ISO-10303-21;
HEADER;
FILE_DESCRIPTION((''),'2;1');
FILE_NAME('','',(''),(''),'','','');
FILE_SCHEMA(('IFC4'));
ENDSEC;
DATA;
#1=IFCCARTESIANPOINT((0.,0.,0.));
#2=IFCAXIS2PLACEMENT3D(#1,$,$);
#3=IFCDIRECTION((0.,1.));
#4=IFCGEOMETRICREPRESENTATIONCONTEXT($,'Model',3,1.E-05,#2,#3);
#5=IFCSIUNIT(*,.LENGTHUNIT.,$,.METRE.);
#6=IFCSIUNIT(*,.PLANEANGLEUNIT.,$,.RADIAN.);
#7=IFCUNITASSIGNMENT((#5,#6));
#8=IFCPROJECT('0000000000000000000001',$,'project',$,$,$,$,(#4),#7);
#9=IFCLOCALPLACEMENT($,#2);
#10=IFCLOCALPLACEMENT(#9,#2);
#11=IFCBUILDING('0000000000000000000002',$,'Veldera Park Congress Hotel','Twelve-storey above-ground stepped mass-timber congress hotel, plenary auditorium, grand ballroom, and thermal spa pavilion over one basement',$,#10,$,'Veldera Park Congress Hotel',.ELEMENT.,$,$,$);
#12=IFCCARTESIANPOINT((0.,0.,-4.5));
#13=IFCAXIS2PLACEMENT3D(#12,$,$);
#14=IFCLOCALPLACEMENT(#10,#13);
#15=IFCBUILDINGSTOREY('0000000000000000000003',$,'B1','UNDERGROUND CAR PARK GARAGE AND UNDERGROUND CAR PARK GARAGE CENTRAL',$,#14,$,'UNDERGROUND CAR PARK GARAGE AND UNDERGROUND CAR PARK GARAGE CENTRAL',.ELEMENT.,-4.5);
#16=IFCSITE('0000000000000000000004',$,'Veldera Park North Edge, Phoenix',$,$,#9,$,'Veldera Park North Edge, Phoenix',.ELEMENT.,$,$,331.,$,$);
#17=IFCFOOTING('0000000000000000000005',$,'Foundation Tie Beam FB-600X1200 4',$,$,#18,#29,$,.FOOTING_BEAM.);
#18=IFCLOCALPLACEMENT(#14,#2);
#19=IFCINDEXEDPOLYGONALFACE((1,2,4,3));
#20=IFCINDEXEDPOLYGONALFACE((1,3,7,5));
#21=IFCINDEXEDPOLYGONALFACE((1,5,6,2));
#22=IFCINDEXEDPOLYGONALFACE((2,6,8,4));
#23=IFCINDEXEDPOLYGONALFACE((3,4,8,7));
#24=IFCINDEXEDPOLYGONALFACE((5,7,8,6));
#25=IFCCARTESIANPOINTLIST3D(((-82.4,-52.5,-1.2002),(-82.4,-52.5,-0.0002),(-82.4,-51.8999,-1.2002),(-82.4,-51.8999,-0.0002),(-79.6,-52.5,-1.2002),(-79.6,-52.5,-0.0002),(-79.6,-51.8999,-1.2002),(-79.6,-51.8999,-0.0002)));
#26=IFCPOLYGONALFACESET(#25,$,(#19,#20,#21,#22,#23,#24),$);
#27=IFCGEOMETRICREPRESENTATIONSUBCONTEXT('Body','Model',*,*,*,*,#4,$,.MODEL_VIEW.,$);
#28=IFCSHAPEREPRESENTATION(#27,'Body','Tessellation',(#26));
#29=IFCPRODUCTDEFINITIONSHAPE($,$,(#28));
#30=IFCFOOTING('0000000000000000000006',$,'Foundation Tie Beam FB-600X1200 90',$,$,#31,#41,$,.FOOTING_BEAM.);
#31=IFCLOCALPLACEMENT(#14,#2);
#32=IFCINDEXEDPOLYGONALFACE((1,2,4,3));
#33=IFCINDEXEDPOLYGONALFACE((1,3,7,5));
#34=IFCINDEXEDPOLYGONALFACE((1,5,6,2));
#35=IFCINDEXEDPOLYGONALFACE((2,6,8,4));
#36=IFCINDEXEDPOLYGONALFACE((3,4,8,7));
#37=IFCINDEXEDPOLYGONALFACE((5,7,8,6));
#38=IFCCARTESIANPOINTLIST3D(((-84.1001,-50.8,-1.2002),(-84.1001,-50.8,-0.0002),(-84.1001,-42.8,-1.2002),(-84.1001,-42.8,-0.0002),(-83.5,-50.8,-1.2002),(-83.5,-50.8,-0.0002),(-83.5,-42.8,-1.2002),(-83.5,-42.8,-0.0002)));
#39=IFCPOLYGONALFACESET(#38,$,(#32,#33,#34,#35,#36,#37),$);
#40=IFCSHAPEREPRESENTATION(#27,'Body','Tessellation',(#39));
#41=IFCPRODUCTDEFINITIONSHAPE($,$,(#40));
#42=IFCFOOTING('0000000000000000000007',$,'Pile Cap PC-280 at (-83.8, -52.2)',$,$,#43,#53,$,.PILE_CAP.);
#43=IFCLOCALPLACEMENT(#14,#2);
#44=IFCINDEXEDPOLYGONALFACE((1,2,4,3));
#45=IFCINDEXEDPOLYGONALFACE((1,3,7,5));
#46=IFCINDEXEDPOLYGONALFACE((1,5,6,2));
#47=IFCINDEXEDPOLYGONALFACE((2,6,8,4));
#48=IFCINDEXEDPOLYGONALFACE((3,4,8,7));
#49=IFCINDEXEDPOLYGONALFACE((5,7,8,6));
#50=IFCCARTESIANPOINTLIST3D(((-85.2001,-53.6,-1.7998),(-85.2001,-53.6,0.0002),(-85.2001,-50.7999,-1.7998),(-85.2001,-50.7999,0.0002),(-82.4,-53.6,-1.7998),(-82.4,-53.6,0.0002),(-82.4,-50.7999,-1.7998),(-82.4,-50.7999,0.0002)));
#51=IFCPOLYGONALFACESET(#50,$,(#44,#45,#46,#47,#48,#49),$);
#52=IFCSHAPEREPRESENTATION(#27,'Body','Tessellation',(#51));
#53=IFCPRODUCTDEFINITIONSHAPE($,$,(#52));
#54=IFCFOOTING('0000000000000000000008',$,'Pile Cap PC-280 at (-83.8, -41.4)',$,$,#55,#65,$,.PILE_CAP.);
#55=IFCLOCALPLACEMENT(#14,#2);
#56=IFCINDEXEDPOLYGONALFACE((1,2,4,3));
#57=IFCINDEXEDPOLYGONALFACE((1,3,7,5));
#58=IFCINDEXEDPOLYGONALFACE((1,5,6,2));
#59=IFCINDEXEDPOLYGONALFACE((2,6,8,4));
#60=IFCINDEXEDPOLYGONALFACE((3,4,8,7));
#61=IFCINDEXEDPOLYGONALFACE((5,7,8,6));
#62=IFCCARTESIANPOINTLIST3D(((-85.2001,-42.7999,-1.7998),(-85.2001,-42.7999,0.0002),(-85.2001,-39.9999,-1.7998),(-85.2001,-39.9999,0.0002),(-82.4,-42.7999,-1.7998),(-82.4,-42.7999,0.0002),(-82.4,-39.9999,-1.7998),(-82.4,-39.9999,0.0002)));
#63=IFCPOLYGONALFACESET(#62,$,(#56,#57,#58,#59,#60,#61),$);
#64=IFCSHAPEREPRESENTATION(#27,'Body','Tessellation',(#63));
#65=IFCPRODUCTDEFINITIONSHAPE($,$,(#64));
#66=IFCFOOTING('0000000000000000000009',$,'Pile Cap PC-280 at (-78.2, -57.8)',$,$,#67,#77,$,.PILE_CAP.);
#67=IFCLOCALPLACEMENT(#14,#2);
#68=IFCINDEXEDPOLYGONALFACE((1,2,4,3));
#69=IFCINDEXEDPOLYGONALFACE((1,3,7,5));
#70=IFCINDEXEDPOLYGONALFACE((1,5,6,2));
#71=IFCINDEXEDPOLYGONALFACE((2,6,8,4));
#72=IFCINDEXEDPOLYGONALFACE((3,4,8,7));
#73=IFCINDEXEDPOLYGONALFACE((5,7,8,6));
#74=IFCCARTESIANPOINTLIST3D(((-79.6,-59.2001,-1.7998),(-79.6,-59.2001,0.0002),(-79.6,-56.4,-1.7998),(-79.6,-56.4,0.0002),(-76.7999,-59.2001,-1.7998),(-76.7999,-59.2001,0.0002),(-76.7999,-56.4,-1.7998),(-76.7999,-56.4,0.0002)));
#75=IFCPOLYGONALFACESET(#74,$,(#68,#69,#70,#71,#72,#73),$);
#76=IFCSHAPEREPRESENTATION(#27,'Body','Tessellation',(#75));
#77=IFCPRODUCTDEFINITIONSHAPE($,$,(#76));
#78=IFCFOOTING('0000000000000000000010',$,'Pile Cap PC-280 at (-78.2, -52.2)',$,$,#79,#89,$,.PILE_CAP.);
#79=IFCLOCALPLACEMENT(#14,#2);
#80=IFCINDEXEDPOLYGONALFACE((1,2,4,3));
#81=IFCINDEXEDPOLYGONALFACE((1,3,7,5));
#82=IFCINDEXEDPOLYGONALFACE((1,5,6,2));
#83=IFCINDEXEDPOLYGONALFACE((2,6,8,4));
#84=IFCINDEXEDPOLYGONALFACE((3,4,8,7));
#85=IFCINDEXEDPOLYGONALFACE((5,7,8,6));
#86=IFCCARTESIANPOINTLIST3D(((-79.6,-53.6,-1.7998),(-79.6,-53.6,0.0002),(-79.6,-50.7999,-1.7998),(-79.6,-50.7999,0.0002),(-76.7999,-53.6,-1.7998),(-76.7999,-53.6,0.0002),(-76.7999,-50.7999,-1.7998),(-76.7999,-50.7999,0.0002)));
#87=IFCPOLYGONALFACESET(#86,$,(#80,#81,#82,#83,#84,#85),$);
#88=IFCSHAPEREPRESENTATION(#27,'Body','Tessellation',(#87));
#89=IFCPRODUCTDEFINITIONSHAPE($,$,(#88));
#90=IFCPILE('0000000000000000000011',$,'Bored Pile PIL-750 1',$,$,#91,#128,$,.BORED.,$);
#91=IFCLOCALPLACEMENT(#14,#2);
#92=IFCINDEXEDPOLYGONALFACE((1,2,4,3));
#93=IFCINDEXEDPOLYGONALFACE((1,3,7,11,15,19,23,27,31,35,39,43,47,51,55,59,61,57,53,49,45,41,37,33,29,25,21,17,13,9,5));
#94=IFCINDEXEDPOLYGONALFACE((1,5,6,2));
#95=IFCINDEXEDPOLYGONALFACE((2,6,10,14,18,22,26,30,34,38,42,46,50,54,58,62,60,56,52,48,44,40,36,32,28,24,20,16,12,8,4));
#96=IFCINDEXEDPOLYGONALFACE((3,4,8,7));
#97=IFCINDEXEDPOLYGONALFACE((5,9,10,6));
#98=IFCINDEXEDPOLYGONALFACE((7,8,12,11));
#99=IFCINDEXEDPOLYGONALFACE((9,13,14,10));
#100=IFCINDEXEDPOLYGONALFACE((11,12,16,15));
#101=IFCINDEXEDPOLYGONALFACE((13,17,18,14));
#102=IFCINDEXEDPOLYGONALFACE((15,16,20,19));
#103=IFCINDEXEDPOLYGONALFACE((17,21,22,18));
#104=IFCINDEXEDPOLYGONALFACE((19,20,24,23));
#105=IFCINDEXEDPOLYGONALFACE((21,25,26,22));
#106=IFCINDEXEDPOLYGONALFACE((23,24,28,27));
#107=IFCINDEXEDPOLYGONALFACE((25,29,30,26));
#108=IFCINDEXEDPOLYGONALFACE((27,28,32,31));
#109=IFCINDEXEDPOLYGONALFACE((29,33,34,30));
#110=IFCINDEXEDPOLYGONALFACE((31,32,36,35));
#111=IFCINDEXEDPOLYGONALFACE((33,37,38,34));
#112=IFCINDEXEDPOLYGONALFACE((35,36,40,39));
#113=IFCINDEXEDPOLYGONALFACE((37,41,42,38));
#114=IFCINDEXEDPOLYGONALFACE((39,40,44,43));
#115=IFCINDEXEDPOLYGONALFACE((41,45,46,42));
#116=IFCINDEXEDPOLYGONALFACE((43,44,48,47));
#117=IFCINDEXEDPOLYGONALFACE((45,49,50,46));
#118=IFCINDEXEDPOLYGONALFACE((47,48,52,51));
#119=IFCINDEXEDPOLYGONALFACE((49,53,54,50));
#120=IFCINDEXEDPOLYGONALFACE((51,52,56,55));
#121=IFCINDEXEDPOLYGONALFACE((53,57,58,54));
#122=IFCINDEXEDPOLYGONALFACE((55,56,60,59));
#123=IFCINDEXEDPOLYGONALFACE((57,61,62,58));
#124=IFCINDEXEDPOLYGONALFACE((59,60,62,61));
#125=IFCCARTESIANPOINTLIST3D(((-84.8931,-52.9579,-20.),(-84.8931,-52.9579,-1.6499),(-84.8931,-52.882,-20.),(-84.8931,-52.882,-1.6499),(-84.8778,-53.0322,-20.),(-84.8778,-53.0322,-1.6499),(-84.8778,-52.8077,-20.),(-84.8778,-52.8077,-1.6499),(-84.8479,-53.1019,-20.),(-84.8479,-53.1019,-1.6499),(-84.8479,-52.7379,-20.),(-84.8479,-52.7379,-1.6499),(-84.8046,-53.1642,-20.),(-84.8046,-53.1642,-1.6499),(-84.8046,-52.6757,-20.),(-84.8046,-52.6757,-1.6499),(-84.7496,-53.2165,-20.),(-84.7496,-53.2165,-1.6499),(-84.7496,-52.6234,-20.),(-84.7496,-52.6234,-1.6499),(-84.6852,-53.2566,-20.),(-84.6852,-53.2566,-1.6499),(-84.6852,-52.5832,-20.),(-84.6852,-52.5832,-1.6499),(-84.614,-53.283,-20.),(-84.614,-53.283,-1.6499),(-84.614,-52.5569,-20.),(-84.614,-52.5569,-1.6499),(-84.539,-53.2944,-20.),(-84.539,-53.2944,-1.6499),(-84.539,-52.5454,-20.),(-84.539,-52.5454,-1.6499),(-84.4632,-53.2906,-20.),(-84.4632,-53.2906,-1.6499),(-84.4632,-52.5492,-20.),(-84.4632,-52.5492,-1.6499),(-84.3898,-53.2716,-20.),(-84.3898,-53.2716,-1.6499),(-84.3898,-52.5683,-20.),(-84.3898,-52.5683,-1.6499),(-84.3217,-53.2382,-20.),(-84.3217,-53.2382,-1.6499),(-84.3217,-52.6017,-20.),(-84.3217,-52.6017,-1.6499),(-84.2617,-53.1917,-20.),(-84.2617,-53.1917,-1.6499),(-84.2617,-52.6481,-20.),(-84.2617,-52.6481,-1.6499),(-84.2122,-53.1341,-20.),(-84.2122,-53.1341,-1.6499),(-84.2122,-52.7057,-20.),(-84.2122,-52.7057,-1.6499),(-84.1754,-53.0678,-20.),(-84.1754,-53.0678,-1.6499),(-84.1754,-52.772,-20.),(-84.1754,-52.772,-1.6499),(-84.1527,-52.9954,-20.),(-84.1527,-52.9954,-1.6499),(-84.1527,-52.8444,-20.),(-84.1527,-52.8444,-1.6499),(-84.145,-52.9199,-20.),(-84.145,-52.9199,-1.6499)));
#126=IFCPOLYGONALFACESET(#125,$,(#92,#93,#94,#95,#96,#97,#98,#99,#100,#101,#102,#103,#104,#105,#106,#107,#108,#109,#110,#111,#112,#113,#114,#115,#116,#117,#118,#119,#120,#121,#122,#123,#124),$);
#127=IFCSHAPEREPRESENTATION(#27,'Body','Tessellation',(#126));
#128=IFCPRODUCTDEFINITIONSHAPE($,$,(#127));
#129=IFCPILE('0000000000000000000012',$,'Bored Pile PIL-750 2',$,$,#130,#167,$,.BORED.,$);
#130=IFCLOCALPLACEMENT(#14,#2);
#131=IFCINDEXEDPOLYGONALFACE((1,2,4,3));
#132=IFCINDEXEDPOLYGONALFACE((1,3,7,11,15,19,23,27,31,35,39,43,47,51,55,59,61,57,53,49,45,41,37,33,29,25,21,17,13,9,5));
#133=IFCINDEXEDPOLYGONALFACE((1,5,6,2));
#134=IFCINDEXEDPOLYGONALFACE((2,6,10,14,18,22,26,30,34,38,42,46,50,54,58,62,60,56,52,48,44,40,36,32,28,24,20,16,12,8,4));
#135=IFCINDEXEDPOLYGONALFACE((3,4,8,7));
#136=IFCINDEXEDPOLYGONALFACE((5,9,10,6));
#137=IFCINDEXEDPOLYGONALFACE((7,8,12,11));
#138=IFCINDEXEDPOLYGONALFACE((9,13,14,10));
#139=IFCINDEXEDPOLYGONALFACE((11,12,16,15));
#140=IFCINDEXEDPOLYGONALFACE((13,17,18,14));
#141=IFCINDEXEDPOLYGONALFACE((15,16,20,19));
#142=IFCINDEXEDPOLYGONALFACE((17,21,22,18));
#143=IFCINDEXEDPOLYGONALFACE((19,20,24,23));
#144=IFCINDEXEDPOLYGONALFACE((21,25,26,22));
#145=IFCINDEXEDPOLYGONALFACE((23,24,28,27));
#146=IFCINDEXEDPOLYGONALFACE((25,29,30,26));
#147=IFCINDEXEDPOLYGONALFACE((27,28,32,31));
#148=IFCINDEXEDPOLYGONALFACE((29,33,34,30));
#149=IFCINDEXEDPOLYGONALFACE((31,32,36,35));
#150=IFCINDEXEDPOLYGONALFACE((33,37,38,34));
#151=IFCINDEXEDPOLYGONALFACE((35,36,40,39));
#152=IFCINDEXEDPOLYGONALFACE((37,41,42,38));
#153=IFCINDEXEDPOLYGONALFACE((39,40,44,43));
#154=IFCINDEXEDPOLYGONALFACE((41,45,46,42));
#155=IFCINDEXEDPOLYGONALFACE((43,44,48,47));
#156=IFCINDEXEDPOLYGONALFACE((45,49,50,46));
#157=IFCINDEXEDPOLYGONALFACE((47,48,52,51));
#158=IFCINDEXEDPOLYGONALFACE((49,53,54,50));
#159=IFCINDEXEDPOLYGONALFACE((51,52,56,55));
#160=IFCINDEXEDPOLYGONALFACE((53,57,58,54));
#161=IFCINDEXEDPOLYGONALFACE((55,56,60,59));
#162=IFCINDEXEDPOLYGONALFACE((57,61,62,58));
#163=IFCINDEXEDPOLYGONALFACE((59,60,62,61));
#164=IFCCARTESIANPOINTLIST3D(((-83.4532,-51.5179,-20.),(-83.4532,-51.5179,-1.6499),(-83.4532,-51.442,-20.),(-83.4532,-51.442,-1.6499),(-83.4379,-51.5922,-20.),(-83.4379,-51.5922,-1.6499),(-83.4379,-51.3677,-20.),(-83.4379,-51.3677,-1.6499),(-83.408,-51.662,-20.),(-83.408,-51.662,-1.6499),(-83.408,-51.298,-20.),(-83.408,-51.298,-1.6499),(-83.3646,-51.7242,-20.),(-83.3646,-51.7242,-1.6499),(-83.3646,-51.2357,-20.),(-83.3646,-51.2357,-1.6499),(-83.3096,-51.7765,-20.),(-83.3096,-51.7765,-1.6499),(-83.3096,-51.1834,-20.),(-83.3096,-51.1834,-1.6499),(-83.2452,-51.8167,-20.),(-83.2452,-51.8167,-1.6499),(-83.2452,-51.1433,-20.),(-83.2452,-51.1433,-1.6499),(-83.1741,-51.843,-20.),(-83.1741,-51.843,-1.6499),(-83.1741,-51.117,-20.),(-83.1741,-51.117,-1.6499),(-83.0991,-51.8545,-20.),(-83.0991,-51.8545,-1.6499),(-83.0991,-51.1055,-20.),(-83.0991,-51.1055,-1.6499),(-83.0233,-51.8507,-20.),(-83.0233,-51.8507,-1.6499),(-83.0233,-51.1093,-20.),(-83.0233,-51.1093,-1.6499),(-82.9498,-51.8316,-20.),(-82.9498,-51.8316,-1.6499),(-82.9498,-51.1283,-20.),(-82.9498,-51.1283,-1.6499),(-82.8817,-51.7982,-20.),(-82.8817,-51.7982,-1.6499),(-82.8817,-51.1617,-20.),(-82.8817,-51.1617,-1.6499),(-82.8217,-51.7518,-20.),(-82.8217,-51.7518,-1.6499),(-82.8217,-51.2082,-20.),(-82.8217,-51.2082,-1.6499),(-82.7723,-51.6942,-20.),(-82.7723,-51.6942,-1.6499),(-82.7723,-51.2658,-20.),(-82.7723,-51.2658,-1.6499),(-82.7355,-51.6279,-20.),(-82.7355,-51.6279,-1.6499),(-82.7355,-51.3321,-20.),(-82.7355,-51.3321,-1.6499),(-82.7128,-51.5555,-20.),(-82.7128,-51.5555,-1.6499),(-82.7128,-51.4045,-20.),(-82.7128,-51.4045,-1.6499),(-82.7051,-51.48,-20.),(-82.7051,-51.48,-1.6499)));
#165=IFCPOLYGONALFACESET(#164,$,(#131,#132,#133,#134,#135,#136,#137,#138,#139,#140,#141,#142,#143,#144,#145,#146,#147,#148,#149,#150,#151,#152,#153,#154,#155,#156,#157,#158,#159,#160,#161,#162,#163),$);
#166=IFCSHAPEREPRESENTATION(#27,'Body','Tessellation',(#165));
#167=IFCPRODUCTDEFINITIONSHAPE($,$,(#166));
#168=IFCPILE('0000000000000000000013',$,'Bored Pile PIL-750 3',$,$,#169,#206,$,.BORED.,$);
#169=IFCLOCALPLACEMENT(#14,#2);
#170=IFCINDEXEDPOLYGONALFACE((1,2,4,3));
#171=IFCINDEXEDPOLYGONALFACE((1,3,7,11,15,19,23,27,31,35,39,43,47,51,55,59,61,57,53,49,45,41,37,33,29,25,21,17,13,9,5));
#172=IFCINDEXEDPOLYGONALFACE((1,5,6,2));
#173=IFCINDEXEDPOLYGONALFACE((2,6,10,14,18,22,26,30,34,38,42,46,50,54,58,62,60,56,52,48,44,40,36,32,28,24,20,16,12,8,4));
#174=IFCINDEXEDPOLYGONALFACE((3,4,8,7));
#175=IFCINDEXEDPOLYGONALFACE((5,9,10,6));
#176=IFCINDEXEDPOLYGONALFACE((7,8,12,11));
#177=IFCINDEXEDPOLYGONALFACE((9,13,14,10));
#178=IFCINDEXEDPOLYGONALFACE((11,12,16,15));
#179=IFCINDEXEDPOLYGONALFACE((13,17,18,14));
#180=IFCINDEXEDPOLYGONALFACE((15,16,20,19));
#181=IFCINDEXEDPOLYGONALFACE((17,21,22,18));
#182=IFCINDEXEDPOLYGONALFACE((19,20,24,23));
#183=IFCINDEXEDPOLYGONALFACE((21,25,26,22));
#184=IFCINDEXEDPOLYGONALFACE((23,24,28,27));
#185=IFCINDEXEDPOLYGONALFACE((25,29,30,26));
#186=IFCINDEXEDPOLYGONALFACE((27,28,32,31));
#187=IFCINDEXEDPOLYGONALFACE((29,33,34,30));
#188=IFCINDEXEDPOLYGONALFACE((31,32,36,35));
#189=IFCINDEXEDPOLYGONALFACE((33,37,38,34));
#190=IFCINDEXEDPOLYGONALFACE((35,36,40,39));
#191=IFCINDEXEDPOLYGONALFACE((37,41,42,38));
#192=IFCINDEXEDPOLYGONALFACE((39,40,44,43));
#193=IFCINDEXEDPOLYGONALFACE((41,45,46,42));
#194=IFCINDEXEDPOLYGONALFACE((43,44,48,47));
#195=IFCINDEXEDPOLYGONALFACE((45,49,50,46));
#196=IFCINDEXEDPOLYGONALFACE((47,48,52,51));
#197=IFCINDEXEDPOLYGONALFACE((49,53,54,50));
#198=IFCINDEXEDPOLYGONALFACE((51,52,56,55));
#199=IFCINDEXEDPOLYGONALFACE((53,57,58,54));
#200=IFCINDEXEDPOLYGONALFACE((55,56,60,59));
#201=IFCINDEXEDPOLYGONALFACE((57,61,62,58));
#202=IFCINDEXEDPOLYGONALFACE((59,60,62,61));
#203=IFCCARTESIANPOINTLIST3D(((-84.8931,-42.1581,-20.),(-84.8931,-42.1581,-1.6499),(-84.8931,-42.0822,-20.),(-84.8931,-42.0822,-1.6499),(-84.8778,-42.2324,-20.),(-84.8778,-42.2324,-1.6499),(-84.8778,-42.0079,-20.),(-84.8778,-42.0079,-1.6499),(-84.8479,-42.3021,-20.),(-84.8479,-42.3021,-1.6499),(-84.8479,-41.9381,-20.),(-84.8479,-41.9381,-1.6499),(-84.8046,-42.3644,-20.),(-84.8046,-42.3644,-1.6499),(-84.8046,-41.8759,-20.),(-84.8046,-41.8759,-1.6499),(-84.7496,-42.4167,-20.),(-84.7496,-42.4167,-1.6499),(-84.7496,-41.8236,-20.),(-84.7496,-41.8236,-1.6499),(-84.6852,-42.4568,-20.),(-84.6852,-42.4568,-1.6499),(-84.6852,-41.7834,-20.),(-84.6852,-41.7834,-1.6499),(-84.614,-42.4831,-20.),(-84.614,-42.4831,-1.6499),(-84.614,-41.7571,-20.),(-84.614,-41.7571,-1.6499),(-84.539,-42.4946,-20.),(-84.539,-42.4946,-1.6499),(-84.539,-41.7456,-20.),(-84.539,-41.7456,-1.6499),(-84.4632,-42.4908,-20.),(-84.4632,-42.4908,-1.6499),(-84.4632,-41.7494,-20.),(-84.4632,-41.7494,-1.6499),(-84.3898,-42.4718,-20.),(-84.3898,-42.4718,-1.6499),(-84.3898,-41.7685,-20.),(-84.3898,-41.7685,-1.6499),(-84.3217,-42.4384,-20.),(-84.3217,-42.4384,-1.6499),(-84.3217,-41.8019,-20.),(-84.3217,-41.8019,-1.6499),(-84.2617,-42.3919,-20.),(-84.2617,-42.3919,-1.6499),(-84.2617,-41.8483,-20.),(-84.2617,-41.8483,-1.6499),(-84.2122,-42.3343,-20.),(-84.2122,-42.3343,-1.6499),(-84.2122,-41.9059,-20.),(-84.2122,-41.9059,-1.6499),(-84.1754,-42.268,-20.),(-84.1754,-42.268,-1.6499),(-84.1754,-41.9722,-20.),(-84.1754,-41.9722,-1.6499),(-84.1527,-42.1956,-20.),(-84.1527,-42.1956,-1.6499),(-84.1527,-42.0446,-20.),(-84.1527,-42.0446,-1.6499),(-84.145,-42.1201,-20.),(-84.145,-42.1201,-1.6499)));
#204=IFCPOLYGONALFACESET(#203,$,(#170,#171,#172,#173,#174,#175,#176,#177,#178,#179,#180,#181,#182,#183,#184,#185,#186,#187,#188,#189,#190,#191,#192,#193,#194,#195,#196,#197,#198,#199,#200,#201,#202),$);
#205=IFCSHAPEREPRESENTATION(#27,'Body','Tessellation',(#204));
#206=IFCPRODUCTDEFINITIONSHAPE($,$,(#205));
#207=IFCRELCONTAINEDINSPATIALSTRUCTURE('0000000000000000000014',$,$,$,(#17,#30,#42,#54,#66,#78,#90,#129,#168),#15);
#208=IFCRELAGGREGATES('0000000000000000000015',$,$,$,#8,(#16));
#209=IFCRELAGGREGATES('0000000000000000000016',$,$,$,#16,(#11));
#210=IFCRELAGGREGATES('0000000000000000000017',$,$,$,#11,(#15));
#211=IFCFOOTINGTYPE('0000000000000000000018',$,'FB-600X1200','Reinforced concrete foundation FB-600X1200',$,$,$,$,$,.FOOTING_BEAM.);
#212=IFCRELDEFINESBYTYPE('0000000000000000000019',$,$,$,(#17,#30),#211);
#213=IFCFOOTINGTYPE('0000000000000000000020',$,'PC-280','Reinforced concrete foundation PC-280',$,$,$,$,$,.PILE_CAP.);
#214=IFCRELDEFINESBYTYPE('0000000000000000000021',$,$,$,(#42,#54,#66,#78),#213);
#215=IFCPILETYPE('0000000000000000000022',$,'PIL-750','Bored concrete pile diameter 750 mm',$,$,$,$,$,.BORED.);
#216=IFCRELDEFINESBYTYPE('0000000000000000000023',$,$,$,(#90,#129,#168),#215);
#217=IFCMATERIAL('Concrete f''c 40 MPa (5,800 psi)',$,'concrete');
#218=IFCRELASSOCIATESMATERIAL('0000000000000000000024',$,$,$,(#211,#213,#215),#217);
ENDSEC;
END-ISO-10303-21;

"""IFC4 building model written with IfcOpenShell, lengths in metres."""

from ifc_helpers import new_model, si_unit, direction, frame, origin, origin_2d, place, context, subcontext, project, spatial, rectangle, circle, extrude, material, material_profile, profile_set, type_object, element, save


model = new_model("IFC4")

# Units and contexts
model_context = context("Model", 3, precision=1e-05, world=origin(), true_north=direction((0.0, 1.0)))
body_context = subcontext(model_context, "Body", "Model", "MODEL_VIEW")
ifc_project = project(units=[si_unit("LENGTHUNIT", "METRE"), si_unit("PLANEANGLEUNIT", "RADIAN")], contexts=[model_context])

# Site, building, storey
site_placement = place(None, origin())
site = spatial("IfcSite", under=ifc_project, at=site_placement, Name="Veldera Park North Edge, Phoenix", LongName="Veldera Park North Edge, Phoenix", CompositionType="ELEMENT", RefElevation=331.0)
building_placement = place(site_placement, origin())
building = spatial("IfcBuilding", under=site, at=building_placement, Name="Veldera Park Congress Hotel", Description="Twelve-storey above-ground stepped mass-timber congress hotel, plenary auditorium, grand ballroom, and thermal spa pavilion over one basement", LongName="Veldera Park Congress Hotel", CompositionType="ELEMENT")
storey_placement = place(building_placement, frame((0.0, 0.0, -4.5)))
storey = spatial("IfcBuildingStorey", under=building, at=storey_placement, Name="B1", Description="UNDERGROUND CAR PARK GARAGE AND UNDERGROUND CAR PARK GARAGE CENTRAL", LongName="UNDERGROUND CAR PARK GARAGE AND UNDERGROUND CAR PARK GARAGE CENTRAL", CompositionType="ELEMENT", Elevation=-4.5)

# Footings
ifc_material = material(Name="Concrete f'c 40 MPa (5,800 psi)", Category="concrete")
footing_type_1 = type_object("IfcFootingType", Name="FB-600X1200", Description="Reinforced concrete foundation FB-600X1200", PredefinedType="FOOTING_BEAM", material=ifc_material)
footing_1_placement = place(storey_placement, frame((-81.0, -52.2, -1.2002), z_axis=(0.0, 0.0, 1.0), x_axis=(1.0, 0.0, 0.0)))
element("IfcFooting", 1, at=footing_1_placement, inside=storey, type_object=footing_type_1, Name="Foundation Tie Beam FB-600X1200 4", PredefinedType="FOOTING_BEAM", context=body_context, shape_type="SweptSolid", body=[
    extrude(rectangle(XDim=2.8, YDim=0.6001, at=origin_2d()), origin(), (0.0, 0.0, 1.0), 1.2),
])
footing_2_placement = place(storey_placement, frame((-83.8, -46.8, -1.2002), z_axis=(0.0, 0.0, 1.0), x_axis=(0.0, 1.0, 0.0)))
element("IfcFooting", 2, at=footing_2_placement, inside=storey, type_object=footing_type_1, Name="Foundation Tie Beam FB-600X1200 90", PredefinedType="FOOTING_BEAM", context=body_context, shape_type="SweptSolid", body=[
    extrude(rectangle(XDim=8.0, YDim=0.6001, at=origin_2d()), origin(), (0.0, 0.0, 1.0), 1.2),
])
footing_type_2 = type_object("IfcFootingType", Name="PC-280", Description="Reinforced concrete foundation PC-280", PredefinedType="PILE_CAP", material=ifc_material)
for number, where, z_axis, x_axis, name in (
    (3, (-83.8, -52.2, -1.7998), (0.0, 0.0, 1.0), (1.0, 0.0, 0.0), "Pile Cap PC-280 at (-83.8, -52.2)"),
    (4, (-83.8, -41.3999, -1.7998), (0.0, 0.0, 1.0), (1.0, 0.0, 0.0), "Pile Cap PC-280 at (-83.8, -41.4)"),
    (5, (-78.2, -57.8, -1.7998), (0.0, 0.0, 1.0), (1.0, 0.0, 0.0), "Pile Cap PC-280 at (-78.2, -57.8)"),
    (6, (-78.2, -52.2, -1.7998), (0.0, 0.0, 1.0), (1.0, 0.0, 0.0), "Pile Cap PC-280 at (-78.2, -52.2)"),
):
    element("IfcFooting", number, at=place(storey_placement, frame(where, z_axis=z_axis, x_axis=x_axis)), inside=storey, type_object=footing_type_2, Name=name, PredefinedType="PILE_CAP", context=body_context, shape_type="SweptSolid", body=[
        extrude(rectangle(XDim=2.8, YDim=2.8, at=origin_2d()), origin(), (0.0, 0.0, 1.0), 1.8),
    ])

# Piles
ifc_material_profile_1 = material_profile(ifc_material, circle(Radius=0.375, at=origin_2d()), Name="PILE D750")
ifc_profile_set_1 = profile_set([ifc_material_profile_1], Name="Concrete f'c 40 MPa (5,800 psi)")
pile_type = type_object("IfcPileType", Name="PIL-750", Description="Bored concrete pile diameter 750 mm", PredefinedType="BORED", material=ifc_profile_set_1)
for number, where, z_axis, x_axis, name in (
    (7, (-84.52, -52.9199, -1.6499), (0.0, 0.0, -1.0), (1.0, 0.0, 0.0), "Bored Pile PIL-750 1"),
    (8, (-83.0801, -51.48, -1.6499), (0.0, 0.0, -1.0), (1.0, 0.0, 0.0), "Bored Pile PIL-750 2"),
    (9, (-84.52, -42.1201, -1.6499), (0.0, 0.0, -1.0), (1.0, 0.0, 0.0), "Bored Pile PIL-750 3"),
):
    element("IfcPile", number, at=place(storey_placement, frame(where, z_axis=z_axis, x_axis=x_axis)), inside=storey, type_object=pile_type, Name=name, PredefinedType="BORED", context=body_context, shape_type="SweptSolid", body=[
        extrude(circle(Radius=0.375, at=origin_2d()), origin(), (0.0, 0.0, 1.0), 18.3501),
    ])

save(model, "model.ifc")
